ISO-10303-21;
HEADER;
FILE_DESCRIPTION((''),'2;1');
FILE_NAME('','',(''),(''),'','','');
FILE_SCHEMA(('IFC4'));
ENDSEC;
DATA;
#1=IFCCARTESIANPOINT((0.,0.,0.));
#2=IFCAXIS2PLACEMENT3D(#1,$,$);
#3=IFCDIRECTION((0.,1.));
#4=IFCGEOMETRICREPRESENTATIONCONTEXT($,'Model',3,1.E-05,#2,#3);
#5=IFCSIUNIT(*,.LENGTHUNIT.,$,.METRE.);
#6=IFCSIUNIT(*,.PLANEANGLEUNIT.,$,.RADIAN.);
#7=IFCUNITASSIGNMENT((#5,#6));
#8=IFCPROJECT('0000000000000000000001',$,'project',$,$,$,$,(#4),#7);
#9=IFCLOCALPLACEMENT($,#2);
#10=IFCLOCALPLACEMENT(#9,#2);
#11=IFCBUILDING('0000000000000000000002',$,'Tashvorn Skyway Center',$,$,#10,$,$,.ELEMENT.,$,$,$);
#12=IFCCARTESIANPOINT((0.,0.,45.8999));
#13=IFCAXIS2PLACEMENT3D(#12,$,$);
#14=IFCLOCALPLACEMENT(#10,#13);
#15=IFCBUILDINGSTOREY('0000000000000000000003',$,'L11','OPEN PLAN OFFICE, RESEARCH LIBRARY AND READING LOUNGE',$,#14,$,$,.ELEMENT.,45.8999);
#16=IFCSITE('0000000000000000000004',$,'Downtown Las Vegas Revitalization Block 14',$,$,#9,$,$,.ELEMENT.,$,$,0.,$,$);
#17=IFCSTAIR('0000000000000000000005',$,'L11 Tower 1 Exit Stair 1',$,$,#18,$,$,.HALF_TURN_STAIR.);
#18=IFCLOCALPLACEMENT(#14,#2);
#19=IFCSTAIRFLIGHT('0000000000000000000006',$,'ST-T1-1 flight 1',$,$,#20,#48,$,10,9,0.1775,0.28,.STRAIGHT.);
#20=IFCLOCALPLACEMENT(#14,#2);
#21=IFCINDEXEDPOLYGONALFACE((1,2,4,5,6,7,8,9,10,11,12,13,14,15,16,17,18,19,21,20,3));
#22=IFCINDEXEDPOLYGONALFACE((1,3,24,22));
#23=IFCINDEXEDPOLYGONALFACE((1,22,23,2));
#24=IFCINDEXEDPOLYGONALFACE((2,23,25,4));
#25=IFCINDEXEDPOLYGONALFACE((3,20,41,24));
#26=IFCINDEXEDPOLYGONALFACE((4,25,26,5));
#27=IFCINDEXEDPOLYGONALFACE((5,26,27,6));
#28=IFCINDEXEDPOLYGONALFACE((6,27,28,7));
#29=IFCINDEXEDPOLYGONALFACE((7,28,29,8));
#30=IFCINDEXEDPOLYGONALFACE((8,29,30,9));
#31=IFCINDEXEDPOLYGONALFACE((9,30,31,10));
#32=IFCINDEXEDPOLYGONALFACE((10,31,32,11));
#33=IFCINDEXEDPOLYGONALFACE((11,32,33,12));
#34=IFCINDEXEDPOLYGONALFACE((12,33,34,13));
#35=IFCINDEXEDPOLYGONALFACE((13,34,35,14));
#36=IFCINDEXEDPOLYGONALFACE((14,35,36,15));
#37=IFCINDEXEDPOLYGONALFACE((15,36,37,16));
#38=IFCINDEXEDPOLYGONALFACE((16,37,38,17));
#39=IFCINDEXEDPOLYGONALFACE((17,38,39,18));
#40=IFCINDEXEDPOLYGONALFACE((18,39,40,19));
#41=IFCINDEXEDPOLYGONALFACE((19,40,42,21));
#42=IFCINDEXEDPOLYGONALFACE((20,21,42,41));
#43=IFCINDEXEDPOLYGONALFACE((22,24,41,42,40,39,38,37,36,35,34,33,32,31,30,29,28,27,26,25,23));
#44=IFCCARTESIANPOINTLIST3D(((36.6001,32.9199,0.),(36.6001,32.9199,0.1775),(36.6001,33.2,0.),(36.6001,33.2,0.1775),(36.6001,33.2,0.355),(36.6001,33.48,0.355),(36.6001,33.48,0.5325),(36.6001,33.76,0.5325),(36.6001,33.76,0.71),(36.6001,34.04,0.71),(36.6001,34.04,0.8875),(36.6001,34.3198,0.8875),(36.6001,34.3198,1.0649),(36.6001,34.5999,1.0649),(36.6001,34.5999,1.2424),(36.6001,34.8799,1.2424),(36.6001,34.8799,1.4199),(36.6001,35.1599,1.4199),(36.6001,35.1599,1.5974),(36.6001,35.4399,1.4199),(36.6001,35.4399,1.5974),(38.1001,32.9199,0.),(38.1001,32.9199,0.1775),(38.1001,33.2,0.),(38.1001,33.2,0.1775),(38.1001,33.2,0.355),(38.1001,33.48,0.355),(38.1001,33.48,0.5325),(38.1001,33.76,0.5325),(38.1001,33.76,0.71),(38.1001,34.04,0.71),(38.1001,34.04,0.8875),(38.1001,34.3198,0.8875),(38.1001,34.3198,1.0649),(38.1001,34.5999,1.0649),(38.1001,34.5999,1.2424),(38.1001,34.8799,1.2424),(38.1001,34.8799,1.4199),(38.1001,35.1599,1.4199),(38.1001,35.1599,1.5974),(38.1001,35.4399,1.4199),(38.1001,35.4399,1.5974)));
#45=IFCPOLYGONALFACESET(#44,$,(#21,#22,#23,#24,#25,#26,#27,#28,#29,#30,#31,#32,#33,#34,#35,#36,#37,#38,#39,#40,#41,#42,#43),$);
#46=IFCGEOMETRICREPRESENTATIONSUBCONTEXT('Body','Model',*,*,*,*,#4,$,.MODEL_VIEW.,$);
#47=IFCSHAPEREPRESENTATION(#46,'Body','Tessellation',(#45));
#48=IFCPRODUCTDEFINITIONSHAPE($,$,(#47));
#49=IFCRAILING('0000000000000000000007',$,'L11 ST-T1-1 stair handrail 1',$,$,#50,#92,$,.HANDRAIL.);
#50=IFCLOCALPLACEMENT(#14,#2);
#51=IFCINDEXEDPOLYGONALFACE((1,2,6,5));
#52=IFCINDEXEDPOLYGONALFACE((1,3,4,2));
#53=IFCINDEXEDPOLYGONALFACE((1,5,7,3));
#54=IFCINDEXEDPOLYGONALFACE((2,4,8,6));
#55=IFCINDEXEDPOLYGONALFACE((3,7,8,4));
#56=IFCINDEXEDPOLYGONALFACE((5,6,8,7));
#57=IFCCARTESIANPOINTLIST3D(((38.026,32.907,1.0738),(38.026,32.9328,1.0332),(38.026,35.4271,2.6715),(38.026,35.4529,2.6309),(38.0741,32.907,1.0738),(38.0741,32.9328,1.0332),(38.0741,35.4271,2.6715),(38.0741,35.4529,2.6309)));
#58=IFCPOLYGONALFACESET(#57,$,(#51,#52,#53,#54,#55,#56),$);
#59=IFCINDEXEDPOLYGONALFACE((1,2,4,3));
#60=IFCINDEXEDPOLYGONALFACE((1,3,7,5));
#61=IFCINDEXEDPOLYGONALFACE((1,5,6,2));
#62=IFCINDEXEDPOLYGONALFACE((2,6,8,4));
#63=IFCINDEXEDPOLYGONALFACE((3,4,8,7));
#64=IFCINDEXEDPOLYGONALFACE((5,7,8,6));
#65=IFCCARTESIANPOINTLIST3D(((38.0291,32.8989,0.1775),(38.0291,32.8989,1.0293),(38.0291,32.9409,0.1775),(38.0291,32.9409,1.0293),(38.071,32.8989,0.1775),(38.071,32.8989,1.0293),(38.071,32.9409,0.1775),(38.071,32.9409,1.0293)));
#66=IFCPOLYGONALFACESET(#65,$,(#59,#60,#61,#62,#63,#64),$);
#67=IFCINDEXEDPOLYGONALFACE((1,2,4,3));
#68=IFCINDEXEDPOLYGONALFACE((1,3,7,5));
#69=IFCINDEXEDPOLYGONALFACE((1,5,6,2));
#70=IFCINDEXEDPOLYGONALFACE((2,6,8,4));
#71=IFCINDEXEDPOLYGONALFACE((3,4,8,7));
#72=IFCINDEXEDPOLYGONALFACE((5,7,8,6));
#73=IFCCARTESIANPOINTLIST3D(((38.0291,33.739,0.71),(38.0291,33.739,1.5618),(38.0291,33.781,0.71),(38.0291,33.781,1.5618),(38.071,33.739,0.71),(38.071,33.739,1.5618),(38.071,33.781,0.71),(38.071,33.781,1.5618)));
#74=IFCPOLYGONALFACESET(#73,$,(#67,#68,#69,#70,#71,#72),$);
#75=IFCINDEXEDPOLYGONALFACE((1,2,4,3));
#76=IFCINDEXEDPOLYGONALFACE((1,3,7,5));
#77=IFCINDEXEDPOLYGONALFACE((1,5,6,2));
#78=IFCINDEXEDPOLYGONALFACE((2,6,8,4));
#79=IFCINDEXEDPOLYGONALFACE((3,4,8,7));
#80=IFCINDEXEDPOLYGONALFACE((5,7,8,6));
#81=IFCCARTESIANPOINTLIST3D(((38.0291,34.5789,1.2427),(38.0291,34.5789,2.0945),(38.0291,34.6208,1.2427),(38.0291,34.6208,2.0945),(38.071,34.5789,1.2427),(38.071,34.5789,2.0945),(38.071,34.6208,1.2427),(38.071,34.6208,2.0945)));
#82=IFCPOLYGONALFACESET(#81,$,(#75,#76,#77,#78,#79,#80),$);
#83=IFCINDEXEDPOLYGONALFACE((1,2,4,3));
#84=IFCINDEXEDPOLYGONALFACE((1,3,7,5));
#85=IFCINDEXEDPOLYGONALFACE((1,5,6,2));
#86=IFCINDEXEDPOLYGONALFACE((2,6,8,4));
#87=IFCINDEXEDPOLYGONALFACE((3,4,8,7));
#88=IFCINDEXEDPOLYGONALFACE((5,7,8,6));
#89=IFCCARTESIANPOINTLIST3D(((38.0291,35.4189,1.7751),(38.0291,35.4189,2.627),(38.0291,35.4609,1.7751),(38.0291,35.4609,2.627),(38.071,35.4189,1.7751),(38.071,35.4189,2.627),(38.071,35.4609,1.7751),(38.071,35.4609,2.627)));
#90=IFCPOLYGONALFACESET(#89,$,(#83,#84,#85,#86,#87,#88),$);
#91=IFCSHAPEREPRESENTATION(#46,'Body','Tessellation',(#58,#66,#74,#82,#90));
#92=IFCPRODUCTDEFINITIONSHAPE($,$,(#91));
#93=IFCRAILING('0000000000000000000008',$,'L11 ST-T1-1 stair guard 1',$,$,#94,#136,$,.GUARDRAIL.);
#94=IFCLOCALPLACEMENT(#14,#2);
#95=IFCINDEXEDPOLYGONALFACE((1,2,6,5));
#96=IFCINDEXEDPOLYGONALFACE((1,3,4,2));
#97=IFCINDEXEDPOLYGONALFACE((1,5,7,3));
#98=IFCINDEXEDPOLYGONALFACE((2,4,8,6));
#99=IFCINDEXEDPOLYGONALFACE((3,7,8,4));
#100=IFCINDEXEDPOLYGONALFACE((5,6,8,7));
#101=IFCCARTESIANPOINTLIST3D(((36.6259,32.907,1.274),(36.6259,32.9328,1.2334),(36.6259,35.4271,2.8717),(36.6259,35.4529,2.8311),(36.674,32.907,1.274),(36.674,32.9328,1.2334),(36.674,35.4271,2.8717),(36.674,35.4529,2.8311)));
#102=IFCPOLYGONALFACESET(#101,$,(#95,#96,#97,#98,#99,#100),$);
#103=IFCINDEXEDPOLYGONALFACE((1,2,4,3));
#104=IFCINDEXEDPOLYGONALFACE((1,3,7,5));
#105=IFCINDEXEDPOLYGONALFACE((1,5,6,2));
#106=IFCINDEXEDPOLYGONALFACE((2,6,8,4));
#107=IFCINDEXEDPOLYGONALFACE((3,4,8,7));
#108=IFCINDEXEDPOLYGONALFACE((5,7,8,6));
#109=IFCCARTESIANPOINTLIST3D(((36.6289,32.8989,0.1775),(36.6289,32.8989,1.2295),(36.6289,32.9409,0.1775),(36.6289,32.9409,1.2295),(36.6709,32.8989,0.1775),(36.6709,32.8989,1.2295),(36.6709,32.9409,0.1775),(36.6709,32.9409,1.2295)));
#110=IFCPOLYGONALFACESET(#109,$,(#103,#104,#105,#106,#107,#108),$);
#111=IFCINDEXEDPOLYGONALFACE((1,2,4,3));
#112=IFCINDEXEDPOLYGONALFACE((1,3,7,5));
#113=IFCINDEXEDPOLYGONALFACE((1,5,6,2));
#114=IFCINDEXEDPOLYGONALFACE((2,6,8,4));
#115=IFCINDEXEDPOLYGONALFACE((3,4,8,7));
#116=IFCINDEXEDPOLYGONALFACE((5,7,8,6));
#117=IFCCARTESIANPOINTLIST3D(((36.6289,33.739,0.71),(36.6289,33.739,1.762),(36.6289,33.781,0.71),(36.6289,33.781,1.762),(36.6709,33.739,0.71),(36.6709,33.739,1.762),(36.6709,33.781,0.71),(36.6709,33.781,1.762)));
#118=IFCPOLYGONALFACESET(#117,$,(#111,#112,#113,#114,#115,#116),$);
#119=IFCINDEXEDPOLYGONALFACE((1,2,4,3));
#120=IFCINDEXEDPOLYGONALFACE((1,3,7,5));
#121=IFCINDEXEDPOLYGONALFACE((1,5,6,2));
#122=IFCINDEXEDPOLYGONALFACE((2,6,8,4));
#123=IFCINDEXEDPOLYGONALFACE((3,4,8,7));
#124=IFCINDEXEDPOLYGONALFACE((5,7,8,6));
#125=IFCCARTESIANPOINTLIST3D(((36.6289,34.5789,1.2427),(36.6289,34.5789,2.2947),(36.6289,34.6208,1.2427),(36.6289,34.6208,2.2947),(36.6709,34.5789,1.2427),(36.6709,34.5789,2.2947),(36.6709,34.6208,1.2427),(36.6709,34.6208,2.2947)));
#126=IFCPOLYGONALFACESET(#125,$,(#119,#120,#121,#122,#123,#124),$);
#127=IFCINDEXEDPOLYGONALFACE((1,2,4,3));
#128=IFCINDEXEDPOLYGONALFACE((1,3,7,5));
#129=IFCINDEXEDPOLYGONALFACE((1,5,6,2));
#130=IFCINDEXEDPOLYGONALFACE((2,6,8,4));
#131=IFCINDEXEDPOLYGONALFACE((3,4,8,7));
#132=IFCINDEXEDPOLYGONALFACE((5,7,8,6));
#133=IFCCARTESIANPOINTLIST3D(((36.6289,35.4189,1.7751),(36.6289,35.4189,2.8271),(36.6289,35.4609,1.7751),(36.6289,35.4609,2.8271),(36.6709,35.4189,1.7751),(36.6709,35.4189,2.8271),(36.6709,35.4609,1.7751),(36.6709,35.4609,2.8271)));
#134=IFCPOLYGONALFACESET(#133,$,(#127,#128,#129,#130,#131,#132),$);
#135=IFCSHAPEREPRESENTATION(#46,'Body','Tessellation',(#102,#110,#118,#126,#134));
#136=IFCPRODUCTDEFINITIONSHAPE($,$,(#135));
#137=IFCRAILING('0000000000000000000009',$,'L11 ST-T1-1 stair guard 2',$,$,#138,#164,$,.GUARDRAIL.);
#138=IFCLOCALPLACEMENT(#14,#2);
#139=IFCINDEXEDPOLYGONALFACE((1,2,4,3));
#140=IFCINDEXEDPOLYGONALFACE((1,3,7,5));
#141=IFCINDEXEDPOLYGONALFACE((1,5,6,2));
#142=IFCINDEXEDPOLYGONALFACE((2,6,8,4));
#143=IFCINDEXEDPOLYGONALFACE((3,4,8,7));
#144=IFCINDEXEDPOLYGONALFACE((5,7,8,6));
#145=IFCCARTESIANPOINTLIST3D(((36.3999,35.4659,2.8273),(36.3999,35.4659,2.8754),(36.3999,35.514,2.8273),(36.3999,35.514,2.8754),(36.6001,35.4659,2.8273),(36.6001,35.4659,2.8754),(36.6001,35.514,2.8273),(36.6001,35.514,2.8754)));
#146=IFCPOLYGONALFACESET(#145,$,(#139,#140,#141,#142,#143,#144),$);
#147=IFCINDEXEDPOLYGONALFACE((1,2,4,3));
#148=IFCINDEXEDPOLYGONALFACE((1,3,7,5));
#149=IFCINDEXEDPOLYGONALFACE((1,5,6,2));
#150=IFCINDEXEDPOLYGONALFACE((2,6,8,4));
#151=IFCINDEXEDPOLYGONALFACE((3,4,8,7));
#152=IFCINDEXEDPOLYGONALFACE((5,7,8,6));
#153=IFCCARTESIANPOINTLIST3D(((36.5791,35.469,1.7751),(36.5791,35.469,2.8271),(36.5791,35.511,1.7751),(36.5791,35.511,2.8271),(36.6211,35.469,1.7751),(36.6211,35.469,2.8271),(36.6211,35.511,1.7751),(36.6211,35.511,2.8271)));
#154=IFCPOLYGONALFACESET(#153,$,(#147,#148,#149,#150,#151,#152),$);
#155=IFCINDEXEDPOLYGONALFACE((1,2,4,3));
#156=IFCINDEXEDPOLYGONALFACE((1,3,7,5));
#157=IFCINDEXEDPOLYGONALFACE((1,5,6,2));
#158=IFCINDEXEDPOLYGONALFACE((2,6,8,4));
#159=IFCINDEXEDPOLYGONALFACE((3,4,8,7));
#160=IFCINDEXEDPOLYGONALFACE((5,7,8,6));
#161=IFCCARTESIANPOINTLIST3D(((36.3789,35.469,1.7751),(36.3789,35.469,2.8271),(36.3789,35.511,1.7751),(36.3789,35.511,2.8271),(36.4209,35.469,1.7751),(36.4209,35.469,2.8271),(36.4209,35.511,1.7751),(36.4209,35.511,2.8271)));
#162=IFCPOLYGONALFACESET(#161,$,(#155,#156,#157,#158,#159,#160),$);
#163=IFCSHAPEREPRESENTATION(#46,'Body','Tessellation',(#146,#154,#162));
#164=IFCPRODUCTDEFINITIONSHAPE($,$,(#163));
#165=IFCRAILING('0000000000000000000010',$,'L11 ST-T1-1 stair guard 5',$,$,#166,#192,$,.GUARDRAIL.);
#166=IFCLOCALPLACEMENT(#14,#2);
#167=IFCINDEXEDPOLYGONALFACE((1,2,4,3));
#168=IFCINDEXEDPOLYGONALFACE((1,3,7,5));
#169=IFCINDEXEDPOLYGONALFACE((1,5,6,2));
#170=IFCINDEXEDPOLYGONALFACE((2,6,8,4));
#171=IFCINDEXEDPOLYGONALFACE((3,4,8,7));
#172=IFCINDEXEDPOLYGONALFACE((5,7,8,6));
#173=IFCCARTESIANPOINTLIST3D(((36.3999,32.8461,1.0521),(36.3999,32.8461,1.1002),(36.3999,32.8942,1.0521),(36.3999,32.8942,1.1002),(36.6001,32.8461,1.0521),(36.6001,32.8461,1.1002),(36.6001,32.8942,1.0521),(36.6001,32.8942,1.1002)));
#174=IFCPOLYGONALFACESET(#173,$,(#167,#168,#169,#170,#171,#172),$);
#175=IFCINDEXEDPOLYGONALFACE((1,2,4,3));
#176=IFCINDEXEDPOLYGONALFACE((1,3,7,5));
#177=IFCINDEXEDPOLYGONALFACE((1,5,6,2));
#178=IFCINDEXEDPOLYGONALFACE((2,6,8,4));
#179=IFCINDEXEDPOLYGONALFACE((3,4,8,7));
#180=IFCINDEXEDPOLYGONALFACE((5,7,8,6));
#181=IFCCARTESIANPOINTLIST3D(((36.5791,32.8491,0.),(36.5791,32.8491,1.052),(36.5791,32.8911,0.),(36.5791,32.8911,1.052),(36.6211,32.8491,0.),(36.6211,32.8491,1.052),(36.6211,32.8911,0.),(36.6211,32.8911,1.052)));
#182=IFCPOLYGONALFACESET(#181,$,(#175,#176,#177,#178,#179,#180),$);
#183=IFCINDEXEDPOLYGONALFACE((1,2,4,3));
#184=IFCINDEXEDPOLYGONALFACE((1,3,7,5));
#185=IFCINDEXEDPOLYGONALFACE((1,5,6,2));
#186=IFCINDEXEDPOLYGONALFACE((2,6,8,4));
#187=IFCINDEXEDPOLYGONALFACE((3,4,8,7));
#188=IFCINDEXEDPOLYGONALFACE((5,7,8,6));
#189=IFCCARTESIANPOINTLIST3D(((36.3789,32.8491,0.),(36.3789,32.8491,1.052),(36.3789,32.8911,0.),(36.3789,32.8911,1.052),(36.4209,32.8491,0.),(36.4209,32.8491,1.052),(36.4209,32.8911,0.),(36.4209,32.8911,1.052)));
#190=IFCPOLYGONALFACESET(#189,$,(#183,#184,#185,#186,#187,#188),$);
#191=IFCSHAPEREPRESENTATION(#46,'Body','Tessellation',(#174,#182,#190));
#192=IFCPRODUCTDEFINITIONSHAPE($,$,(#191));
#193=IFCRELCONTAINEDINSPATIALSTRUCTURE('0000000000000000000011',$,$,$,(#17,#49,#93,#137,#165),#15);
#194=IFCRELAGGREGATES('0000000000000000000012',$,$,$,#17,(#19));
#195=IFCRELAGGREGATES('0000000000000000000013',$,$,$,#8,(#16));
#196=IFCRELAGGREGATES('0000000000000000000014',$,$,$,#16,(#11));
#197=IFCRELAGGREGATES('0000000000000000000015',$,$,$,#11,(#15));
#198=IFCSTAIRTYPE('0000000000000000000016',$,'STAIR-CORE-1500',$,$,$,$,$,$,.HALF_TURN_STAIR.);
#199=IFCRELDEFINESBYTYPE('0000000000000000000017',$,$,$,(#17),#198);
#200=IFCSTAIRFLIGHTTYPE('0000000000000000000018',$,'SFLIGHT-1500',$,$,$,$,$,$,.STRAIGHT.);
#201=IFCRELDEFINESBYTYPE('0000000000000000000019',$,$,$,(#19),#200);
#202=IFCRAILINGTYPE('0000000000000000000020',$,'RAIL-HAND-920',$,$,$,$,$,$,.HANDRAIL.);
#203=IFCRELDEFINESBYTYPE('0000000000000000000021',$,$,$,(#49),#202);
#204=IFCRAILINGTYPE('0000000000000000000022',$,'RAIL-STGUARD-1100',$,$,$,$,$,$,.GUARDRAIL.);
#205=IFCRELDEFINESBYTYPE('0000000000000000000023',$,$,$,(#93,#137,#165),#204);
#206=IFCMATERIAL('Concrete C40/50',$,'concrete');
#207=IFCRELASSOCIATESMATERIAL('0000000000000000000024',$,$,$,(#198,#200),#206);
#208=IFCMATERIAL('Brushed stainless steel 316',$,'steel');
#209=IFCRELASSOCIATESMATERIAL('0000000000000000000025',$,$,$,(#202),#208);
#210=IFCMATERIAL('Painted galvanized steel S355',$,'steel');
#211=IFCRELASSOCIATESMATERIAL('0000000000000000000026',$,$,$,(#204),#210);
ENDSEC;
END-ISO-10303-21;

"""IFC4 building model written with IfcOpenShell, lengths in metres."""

from ifc_helpers import new_model, si_unit, direction, frame, origin, origin_2d, place, context, subcontext, project, spatial, polyline, rectangle, outline, extrude, material, type_object, element, aggregate, save


model = new_model("IFC4")

# Units and contexts
model_context = context("Model", 3, precision=1e-05, world=origin(), true_north=direction((0.0, 1.0)))
body_context = subcontext(model_context, "Body", "Model", "MODEL_VIEW")
ifc_project = project(units=[si_unit("LENGTHUNIT", "METRE"), si_unit("PLANEANGLEUNIT", "RADIAN")], contexts=[model_context])

# Site, building, storey
site_placement = place(None, origin())
site = spatial("IfcSite", under=ifc_project, at=site_placement, Name="Downtown Las Vegas Revitalization Block 14", CompositionType="ELEMENT", RefElevation=0.0)
building_placement = place(site_placement, origin())
building = spatial("IfcBuilding", under=site, at=building_placement, Name="Tashvorn Skyway Center", CompositionType="ELEMENT")
storey_placement = place(building_placement, frame((0.0, 0.0, 45.8999)))
storey = spatial("IfcBuildingStorey", under=building, at=storey_placement, Name="L11", Description="OPEN PLAN OFFICE, RESEARCH LIBRARY AND READING LOUNGE", CompositionType="ELEMENT", Elevation=45.8999)

# Shared definitions
ifc_material_1 = material(Name="Concrete C40/50", Category="concrete")

# Stair, stair flight
stair_type = type_object("IfcStairType", Name="STAIR-CORE-1500", PredefinedType="HALF_TURN_STAIR", material=ifc_material_1)
stair_placement = place(storey_placement, origin())
stair = element("IfcStair", 1, at=stair_placement, inside=storey, type_object=stair_type, Name="L11 Tower 1 Exit Stair 1", PredefinedType="HALF_TURN_STAIR")
stair_flight_type = type_object("IfcStairFlightType", Name="SFLIGHT-1500", PredefinedType="STRAIGHT", material=ifc_material_1)
stair_flight_placement = place(storey_placement, frame((37.3501, 32.9199, 0.0), z_axis=(0.0, 0.0, 1.0), x_axis=(0.0, 1.0, 0.0)))
stair_flight = element("IfcStairFlight", 2, at=stair_flight_placement, type_object=stair_flight_type, Name="ST-T1-1 flight 1", NumberOfRisers=10, NumberOfTreads=9, PredefinedType="STRAIGHT", RiserHeight=0.1775, TreadLength=0.28, context=body_context, shape_type="SweptSolid", body=[
    extrude(outline(polyline([(0.0, 0.0), (0.0, 0.1775), (0.28, 0.1775), (0.28, 0.355), (0.5601, 0.355), (0.5601, 0.5325), (0.8401, 0.5325), (0.8401, 0.71), (1.1201, 0.71), (1.1201, 0.8875), (1.3999, 0.8875), (1.3999, 1.0649), (1.6799, 1.0649), (1.6799, 1.2424), (1.96, 1.2424), (1.96, 1.4199), (2.24, 1.4199), (2.24, 1.5974), (2.52, 1.5974), (2.52, 1.7749), (2.52, 1.4199), (0.28, 0.0), (0.0, 0.0)])), frame((0.0, 0.75, 0.0), z_axis=(0.0, -1.0, 0.0), x_axis=(1.0, 0.0, 0.0)), (0.0, 0.0, 1.0), 1.5),
])
aggregate(stair, [stair_flight])

# Railings
ifc_material_2 = material(Name="Brushed stainless steel 316", Category="steel")
railing_type_1 = type_object("IfcRailingType", Name="RAIL-HAND-920", PredefinedType="HANDRAIL", material=ifc_material_2)
railing_1_placement = place(storey_placement, frame((38.05, 32.9199, 0.1775)))
element("IfcRailing", 3, at=railing_1_placement, inside=storey, type_object=railing_type_1, Name="L11 ST-T1-1 stair handrail 1", PredefinedType="HANDRAIL", context=body_context, shape_type="SweptSolid", body=[
    extrude(rectangle(XDim=0.0481, YDim=0.0481, at=origin_2d()), frame((0.0, 0.0, 0.876), z_axis=(0.0, 0.84457, 0.535445), x_axis=(-1.0, 0.0, 0.0)), (0.0, 0.0, 1.0), 2.9839),
    extrude(rectangle(XDim=0.042, YDim=0.042, at=origin_2d()), origin(), (0.0, 0.0, 1.0), 0.8518),
    extrude(rectangle(XDim=0.042, YDim=0.042, at=origin_2d()), frame((0.0, 0.8401, 0.5325)), (0.0, 0.0, 1.0), 0.8518),
    extrude(rectangle(XDim=0.042, YDim=0.042, at=origin_2d()), frame((0.0, 1.6799, 1.0652)), (0.0, 0.0, 1.0), 0.8518),
    extrude(rectangle(XDim=0.042, YDim=0.042, at=origin_2d()), frame((0.0, 2.52, 1.5977)), (0.0, 0.0, 1.0), 0.8518),
])
ifc_material_3 = material(Name="Painted galvanized steel S355", Category="steel")
railing_type_2 = type_object("IfcRailingType", Name="RAIL-STGUARD-1100", PredefinedType="GUARDRAIL", material=ifc_material_3)
railing_2_placement = place(storey_placement, frame((36.6499, 32.9199, 0.1775)))
element("IfcRailing", 4, at=railing_2_placement, inside=storey, type_object=railing_type_2, Name="L11 ST-T1-1 stair guard 1", PredefinedType="GUARDRAIL", context=body_context, shape_type="SweptSolid", body=[
    extrude(rectangle(XDim=0.0481, YDim=0.0481, at=origin_2d()), frame((0.0, 0.0, 1.0762), z_axis=(0.0, 0.84457, 0.535445), x_axis=(-1.0, 0.0, 0.0)), (0.0, 0.0, 1.0), 2.9839),
    extrude(rectangle(XDim=0.042, YDim=0.042, at=origin_2d()), origin(), (0.0, 0.0, 1.0), 1.052),
    extrude(rectangle(XDim=0.042, YDim=0.042, at=origin_2d()), frame((0.0, 0.8401, 0.5325)), (0.0, 0.0, 1.0), 1.052),
    extrude(rectangle(XDim=0.042, YDim=0.042, at=origin_2d()), frame((0.0, 1.6799, 1.0652)), (0.0, 0.0, 1.0), 1.052),
    extrude(rectangle(XDim=0.042, YDim=0.042, at=origin_2d()), frame((0.0, 2.52, 1.5977)), (0.0, 0.0, 1.0), 1.052),
])
for number, where, name in (
    (5, (36.6001, 35.49, 1.7751), "L11 ST-T1-1 stair guard 2"),
    (6, (36.6001, 32.8701, 0.0), "L11 ST-T1-1 stair guard 5"),
):
    element("IfcRailing", number, at=place(storey_placement, frame(where)), inside=storey, type_object=railing_type_2, Name=name, PredefinedType="GUARDRAIL", context=body_context, shape_type="SweptSolid", body=[
        extrude(rectangle(XDim=0.0481, YDim=0.0481, at=origin_2d()), frame((0.0, 0.0, 1.0762), z_axis=(-1.0, 0.0, 0.0), x_axis=(0.0, -1.0, 0.0)), (0.0, 0.0, 1.0), 0.2002),
        extrude(rectangle(XDim=0.042, YDim=0.042, at=origin_2d()), origin(), (0.0, 0.0, 1.0), 1.052),
        extrude(rectangle(XDim=0.042, YDim=0.042, at=origin_2d()), frame((-0.2002, 0.0, 0.0)), (0.0, 0.0, 1.0), 1.052),
    ])

save(model, "model.ifc")
